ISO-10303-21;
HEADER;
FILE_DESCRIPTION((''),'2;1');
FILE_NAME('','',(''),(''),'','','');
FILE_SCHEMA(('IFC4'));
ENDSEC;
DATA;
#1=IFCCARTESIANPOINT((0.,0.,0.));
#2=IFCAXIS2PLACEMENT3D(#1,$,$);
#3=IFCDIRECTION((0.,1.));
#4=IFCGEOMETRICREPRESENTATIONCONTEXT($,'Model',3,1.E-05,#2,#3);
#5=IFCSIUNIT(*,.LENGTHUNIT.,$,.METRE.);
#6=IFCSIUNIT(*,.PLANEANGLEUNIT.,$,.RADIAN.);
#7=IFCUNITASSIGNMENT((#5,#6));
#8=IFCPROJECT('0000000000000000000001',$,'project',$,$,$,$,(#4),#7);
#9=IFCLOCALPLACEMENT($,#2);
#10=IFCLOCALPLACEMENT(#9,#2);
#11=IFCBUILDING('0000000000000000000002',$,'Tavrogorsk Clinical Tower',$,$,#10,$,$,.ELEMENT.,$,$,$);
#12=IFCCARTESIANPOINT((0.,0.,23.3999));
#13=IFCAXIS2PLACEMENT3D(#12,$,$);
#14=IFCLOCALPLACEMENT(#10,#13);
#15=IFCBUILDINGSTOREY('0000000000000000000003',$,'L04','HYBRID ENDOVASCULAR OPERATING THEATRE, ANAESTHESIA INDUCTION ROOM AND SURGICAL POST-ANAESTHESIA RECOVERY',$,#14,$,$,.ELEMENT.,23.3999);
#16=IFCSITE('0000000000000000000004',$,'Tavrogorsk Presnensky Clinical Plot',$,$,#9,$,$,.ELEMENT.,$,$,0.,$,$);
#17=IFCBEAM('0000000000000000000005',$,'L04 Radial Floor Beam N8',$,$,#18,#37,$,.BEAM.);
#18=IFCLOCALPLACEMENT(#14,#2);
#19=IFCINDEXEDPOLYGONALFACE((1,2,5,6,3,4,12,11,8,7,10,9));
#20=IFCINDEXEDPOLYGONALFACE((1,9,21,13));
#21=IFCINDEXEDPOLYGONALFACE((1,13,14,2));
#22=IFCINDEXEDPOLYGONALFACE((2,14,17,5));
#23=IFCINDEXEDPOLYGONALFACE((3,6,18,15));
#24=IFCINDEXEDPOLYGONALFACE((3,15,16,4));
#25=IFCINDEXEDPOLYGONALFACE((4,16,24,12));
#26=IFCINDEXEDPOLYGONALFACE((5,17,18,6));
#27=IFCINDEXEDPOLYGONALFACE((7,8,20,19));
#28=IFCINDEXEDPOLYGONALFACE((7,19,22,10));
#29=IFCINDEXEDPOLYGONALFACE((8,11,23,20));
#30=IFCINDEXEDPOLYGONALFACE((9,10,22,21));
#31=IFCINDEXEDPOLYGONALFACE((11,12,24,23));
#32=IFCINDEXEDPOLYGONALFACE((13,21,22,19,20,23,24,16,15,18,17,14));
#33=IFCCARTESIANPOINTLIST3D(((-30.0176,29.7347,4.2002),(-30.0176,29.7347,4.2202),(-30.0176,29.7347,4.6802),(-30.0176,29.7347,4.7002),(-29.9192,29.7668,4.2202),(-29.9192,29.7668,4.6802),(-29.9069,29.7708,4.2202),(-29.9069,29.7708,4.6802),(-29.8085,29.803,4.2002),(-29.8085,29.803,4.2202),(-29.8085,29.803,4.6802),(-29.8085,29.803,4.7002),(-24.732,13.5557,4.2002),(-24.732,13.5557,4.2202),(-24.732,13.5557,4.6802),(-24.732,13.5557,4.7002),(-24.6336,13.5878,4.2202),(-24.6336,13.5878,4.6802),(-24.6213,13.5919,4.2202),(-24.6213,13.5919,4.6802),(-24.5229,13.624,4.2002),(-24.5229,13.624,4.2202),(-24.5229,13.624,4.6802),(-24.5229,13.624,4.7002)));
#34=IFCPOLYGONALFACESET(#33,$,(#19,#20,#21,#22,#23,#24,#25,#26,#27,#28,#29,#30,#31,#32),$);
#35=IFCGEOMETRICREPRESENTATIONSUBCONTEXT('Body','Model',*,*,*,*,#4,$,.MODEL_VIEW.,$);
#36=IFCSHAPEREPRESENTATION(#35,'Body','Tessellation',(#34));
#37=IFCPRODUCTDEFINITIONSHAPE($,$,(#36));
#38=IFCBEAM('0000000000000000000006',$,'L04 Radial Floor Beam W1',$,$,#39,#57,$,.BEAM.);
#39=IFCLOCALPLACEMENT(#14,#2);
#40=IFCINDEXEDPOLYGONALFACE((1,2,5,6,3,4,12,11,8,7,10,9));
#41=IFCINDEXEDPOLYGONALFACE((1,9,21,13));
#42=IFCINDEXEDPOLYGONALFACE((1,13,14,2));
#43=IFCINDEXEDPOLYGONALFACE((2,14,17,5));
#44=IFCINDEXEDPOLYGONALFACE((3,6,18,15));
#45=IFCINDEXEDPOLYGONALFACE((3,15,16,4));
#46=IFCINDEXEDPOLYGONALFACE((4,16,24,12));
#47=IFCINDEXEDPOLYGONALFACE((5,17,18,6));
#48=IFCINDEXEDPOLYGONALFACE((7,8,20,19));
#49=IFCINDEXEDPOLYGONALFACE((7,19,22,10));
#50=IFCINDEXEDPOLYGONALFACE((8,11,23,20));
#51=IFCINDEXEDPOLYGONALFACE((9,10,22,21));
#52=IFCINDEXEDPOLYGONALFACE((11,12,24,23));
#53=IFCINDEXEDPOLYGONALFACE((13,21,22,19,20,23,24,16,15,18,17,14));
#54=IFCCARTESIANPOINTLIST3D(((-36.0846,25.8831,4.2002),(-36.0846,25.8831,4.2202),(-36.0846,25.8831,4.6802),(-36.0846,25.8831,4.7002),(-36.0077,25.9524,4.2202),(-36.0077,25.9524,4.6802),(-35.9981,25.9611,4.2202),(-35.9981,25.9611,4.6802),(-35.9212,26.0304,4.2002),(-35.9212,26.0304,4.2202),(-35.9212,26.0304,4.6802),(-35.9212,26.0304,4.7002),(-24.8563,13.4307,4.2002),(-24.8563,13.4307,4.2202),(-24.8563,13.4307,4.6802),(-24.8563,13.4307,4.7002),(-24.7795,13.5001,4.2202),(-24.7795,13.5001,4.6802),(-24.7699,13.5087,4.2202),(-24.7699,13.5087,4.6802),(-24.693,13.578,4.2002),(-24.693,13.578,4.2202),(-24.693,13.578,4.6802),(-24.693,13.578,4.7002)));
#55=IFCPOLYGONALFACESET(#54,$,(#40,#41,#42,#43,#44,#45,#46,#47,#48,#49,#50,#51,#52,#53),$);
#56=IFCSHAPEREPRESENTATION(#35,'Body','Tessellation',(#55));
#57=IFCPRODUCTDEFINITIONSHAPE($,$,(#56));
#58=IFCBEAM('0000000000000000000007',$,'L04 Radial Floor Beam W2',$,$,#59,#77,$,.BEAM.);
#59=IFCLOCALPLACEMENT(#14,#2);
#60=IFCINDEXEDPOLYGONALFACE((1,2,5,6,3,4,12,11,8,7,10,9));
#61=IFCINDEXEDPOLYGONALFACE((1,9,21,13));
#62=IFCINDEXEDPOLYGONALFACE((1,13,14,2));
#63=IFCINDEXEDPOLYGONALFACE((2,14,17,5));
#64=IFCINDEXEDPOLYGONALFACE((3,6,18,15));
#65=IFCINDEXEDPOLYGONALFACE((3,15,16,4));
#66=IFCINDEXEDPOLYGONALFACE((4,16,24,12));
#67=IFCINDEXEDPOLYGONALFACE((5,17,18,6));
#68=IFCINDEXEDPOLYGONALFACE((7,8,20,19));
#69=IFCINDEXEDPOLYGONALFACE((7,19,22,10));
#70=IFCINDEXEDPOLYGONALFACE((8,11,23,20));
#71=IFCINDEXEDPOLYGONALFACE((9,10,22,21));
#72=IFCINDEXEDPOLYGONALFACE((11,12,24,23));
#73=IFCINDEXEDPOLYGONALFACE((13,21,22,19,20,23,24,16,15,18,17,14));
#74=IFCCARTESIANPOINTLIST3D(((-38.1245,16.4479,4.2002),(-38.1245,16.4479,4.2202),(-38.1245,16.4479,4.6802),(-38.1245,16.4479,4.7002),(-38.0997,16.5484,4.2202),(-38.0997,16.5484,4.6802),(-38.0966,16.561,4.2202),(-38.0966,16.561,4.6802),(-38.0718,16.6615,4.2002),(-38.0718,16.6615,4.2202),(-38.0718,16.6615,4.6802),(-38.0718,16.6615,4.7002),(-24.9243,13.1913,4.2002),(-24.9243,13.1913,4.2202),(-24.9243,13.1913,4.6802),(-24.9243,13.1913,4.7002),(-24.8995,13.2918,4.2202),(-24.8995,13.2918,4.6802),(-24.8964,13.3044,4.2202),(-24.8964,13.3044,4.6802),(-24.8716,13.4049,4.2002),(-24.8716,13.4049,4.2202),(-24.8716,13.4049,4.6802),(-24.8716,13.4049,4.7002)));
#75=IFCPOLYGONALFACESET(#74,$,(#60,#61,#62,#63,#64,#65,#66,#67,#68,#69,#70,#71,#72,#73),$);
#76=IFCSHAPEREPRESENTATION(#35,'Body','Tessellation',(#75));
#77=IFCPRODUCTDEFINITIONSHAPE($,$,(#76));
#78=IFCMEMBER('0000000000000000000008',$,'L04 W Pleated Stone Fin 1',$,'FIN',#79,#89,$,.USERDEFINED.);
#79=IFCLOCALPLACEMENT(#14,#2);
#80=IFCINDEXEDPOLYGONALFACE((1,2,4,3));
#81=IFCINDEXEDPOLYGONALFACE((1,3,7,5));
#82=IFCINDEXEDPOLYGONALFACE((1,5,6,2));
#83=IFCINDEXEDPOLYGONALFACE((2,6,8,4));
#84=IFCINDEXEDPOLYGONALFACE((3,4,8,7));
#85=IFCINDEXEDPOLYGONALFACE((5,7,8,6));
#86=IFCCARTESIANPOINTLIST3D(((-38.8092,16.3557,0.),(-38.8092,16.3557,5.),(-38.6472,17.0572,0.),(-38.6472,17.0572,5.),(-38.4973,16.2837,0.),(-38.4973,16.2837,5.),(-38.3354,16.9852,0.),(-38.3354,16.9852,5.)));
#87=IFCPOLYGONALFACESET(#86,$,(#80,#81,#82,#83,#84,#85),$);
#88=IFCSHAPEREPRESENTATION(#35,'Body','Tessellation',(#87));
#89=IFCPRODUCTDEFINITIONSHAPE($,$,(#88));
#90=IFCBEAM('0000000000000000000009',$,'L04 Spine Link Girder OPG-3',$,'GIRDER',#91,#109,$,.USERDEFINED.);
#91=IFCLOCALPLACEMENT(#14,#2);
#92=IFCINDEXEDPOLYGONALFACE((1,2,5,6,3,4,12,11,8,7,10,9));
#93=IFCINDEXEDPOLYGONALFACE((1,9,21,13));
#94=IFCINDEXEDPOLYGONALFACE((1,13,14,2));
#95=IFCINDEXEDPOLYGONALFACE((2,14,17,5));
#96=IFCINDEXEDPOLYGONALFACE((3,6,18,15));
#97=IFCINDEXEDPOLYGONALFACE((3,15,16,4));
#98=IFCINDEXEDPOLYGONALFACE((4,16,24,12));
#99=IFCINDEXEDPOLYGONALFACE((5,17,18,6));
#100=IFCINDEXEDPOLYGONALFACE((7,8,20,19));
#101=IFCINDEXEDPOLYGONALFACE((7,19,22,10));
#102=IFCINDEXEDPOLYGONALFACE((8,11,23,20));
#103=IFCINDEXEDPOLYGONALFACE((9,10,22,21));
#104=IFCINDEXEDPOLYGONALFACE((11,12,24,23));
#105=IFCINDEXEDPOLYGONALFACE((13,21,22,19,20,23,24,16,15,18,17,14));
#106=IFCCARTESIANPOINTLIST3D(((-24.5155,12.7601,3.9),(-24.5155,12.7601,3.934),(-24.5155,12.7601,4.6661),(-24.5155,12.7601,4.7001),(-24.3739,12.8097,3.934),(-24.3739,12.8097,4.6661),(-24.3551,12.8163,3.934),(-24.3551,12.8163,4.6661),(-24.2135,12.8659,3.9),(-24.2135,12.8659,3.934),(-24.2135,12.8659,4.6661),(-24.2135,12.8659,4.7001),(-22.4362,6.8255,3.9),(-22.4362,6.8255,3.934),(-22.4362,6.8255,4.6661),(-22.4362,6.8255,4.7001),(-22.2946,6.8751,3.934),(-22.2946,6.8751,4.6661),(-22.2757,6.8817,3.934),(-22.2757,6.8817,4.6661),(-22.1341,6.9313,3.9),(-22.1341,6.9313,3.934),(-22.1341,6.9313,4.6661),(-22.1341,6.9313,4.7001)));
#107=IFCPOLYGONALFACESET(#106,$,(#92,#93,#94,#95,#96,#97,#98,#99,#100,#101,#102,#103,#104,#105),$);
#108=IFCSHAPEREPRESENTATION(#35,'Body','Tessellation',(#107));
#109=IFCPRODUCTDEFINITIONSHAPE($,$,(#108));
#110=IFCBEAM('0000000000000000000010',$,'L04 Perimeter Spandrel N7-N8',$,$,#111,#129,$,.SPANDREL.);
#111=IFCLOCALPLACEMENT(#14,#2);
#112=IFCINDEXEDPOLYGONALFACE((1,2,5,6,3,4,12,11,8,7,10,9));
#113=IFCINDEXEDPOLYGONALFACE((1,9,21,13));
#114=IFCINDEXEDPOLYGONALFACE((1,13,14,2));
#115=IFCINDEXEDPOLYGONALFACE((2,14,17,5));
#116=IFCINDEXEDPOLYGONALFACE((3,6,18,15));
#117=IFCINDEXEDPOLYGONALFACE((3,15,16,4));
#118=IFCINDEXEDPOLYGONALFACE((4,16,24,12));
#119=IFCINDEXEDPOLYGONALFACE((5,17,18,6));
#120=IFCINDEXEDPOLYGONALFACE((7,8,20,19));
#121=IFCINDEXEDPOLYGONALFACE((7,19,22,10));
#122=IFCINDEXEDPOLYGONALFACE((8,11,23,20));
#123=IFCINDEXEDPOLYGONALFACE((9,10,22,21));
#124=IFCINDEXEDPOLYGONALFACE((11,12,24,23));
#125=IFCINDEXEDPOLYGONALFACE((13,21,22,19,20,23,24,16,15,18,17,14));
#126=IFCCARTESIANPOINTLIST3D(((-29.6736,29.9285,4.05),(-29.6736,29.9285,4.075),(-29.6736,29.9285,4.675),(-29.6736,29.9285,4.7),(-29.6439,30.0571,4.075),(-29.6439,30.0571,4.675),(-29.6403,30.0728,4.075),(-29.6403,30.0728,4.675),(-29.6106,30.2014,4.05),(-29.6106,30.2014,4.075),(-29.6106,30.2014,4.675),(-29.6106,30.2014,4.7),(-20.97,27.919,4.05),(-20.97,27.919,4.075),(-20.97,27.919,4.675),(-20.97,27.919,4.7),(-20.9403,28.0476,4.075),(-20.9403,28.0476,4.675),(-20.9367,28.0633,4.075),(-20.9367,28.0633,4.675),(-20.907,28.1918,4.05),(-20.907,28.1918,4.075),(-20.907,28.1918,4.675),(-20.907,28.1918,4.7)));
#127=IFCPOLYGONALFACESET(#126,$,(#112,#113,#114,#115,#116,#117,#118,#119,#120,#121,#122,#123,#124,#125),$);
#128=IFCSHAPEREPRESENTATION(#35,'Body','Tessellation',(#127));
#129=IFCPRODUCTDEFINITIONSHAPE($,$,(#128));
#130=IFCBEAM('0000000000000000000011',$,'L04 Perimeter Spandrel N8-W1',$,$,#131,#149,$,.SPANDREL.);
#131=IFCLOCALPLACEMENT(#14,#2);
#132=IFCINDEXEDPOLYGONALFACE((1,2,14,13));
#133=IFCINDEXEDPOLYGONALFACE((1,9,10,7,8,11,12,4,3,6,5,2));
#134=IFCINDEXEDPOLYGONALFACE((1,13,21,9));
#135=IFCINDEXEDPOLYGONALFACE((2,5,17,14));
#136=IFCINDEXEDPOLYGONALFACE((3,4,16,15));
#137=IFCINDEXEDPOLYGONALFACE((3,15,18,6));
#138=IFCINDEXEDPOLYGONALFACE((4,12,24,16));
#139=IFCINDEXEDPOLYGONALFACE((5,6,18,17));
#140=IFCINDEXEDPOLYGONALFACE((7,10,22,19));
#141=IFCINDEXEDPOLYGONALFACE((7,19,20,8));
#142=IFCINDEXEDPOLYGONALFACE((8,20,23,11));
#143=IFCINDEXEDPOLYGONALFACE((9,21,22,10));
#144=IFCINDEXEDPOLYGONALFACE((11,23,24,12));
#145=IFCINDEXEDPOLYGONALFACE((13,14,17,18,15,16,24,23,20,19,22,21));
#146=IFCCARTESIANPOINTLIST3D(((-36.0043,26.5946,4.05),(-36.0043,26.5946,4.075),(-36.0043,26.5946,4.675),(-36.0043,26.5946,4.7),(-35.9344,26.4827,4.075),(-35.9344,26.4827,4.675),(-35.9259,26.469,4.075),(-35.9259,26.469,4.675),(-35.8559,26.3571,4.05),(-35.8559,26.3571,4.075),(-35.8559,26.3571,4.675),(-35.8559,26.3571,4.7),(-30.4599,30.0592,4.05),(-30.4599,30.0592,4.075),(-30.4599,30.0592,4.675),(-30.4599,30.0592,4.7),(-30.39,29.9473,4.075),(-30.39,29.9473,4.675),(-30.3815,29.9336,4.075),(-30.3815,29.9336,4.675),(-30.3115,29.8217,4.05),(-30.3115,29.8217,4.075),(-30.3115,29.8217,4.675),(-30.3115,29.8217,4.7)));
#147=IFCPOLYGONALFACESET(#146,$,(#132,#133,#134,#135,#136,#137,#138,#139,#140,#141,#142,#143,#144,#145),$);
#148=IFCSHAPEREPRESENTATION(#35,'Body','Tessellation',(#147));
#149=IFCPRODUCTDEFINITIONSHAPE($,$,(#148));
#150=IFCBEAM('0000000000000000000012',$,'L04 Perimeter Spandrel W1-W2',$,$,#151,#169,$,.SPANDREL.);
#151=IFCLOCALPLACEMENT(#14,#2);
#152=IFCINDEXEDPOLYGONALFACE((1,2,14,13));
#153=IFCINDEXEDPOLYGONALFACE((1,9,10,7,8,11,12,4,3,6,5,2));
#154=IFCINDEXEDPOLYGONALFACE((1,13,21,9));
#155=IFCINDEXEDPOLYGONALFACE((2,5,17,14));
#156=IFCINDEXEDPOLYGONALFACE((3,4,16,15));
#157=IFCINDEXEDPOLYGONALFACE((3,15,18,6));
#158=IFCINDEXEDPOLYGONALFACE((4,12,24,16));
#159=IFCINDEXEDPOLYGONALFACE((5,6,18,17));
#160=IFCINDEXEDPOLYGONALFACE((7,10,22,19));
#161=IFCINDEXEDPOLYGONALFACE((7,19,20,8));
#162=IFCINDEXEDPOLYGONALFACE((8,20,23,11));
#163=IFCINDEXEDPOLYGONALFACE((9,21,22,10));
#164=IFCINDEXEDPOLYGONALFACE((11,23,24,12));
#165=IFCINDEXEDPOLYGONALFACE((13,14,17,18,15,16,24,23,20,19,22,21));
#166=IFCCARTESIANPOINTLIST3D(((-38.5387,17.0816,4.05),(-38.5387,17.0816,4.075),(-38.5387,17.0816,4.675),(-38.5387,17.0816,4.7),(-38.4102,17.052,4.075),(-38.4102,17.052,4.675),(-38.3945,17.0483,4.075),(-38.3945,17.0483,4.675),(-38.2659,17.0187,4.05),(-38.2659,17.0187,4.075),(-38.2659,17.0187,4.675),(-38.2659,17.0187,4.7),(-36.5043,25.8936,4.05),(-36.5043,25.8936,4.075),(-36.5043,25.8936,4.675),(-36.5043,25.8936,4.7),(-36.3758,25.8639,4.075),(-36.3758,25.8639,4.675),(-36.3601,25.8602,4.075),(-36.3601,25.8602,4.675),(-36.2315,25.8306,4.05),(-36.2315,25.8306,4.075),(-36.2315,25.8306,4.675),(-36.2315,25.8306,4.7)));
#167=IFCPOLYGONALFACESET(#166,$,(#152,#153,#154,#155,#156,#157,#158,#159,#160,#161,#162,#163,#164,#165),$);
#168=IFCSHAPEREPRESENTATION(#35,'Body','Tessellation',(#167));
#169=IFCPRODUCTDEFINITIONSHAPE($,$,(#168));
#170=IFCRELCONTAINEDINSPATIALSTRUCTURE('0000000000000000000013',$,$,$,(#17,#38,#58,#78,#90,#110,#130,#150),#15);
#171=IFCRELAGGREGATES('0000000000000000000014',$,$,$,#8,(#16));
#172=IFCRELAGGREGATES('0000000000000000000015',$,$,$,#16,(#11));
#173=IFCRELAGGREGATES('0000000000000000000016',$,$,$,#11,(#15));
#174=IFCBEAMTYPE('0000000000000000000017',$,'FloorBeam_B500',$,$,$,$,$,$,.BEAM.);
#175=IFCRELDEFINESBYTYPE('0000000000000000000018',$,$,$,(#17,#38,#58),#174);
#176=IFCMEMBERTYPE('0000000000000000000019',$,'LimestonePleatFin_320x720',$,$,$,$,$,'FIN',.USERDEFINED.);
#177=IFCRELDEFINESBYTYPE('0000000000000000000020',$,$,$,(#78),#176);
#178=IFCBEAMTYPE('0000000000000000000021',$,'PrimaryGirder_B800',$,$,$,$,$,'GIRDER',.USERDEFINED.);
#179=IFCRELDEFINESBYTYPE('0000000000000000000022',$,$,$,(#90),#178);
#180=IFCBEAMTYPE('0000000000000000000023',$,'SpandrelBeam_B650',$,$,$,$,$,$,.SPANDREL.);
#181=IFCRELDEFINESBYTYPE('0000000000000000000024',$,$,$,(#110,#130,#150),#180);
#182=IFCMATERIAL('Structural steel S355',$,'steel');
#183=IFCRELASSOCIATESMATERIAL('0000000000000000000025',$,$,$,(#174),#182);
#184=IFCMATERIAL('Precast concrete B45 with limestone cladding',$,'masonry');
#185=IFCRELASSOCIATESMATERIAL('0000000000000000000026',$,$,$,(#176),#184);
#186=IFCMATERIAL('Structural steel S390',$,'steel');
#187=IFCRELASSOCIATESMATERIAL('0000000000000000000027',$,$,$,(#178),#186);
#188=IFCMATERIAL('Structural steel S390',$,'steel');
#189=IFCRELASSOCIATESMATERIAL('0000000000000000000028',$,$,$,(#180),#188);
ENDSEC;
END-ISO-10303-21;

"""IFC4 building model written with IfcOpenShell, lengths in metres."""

from ifc_helpers import new_model, si_unit, direction, frame, origin, origin_2d, place, context, subcontext, project, spatial, rectangle, i_section, extrude, material, material_profile, profile_set, type_object, element, save


model = new_model("IFC4")

# Units and contexts
model_context = context("Model", 3, precision=1e-05, world=origin(), true_north=direction((0.0, 1.0)))
body_context = subcontext(model_context, "Body", "Model", "MODEL_VIEW")
ifc_project = project(units=[si_unit("LENGTHUNIT", "METRE"), si_unit("PLANEANGLEUNIT", "RADIAN")], contexts=[model_context])

# Site, building, storey
site_placement = place(None, origin())
site = spatial("IfcSite", under=ifc_project, at=site_placement, Name="Tavrogorsk Presnensky Clinical Plot", CompositionType="ELEMENT", RefElevation=0.0)
building_placement = place(site_placement, origin())
building = spatial("IfcBuilding", under=site, at=building_placement, Name="Tavrogorsk Clinical Tower", CompositionType="ELEMENT")
storey_placement = place(building_placement, frame((0.0, 0.0, 23.3999)))
storey = spatial("IfcBuildingStorey", under=building, at=storey_placement, Name="L04", Description="HYBRID ENDOVASCULAR OPERATING THEATRE, ANAESTHESIA INDUCTION ROOM AND SURGICAL POST-ANAESTHESIA RECOVERY", CompositionType="ELEMENT", Elevation=23.3999)

# Beams
ifc_material_1 = material(Name="Structural steel S355", Category="steel")
ifc_material_profile_1 = material_profile(ifc_material_1, i_section(OverallWidth=0.22, OverallDepth=0.5, WebThickness=0.0129, FlangeThickness=0.02, at=origin_2d()), Name="B-500x220x13x20")
ifc_profile_set_1 = profile_set([ifc_material_profile_1], Name="Structural steel S355")
beam_type_1 = type_object("IfcBeamType", Name="FloorBeam_B500", PredefinedType="BEAM", material=ifc_profile_set_1)
beam_1_placement = place(storey_placement, frame((-24.6274, 13.5898, 4.4502), z_axis=(-0.310546, 0.950558, 0.0), x_axis=(-0.950558, -0.310546, 0.0)))
element("IfcBeam", 1, at=beam_1_placement, inside=storey, type_object=beam_type_1, Name="L04 Radial Floor Beam N8", PredefinedType="BEAM", context=body_context, shape_type="SweptSolid", body=[
    extrude(i_section(OverallWidth=0.22, OverallDepth=0.5, WebThickness=0.0129, FlangeThickness=0.02, at=origin_2d()), origin(), (0.0, 0.0, 1.0), 17.0205),
])
beam_2_placement = place(storey_placement, frame((-24.7747, 13.5044, 4.4502), z_axis=(-0.66966, 0.742668, 0.0), x_axis=(-0.742668, -0.66966, 0.0)))
element("IfcBeam", 2, at=beam_2_placement, inside=storey, type_object=beam_type_1, Name="L04 Radial Floor Beam W1", PredefinedType="BEAM", context=body_context, shape_type="SweptSolid", body=[
    extrude(i_section(OverallWidth=0.22, OverallDepth=0.5, WebThickness=0.0129, FlangeThickness=0.02, at=origin_2d()), origin(), (0.0, 0.0, 1.0), 16.7671),
])
beam_3_placement = place(storey_placement, frame((-24.8979, 13.2981, 4.4502), z_axis=(-0.97089, 0.239526, 0.0), x_axis=(-0.239526, -0.97089, 0.0)))
element("IfcBeam", 3, at=beam_3_placement, inside=storey, type_object=beam_type_1, Name="L04 Radial Floor Beam W2", PredefinedType="BEAM", context=body_context, shape_type="SweptSolid", body=[
    extrude(i_section(OverallWidth=0.22, OverallDepth=0.5, WebThickness=0.0129, FlangeThickness=0.02, at=origin_2d()), origin(), (0.0, 0.0, 1.0), 13.5959),
])

# Member
ifc_material_2 = material(Name="Precast concrete B45 with limestone cladding", Category="masonry")
ifc_material_profile_2 = material_profile(ifc_material_2, rectangle(XDim=0.3201, YDim=0.72, at=origin_2d()), Name="LIMESTONE-FIN-320x720")
ifc_profile_set_2 = profile_set([ifc_material_profile_2], Name="Precast concrete B45 with limestone cladding")
member_type_1 = type_object("IfcMemberType", Name="LimestonePleatFin_320x720", ElementType="FIN", PredefinedType="USERDEFINED", material=ifc_profile_set_2)
member_1_placement = place(storey_placement, frame((-38.5723, 16.6704, 0.0), z_axis=(0.0, 0.0, 1.0), x_axis=(0.97437, -0.224951, 0.0)))
element("IfcMember", 4, at=member_1_placement, inside=storey, type_object=member_type_1, Name="L04 W Pleated Stone Fin 1", ObjectType="FIN", PredefinedType="USERDEFINED", context=body_context, shape_type="SweptSolid", body=[
    extrude(rectangle(XDim=0.3201, YDim=0.72, at=origin_2d()), origin(), (0.0, 0.0, 1.0), 5.0),
])

# Beams
ifc_material_3 = material(Name="Structural steel S390", Category="steel")
ifc_material_profile_3 = material_profile(ifc_material_3, i_section(OverallWidth=0.3201, OverallDepth=0.8, WebThickness=0.02, FlangeThickness=0.0339, at=origin_2d()), Name="B-800x320x20x34")
ifc_profile_set_3 = profile_set([ifc_material_profile_3], Name="Structural steel S390")
beam_type_2 = type_object("IfcBeamType", Name="PrimaryGirder_B800", ElementType="GIRDER", PredefinedType="USERDEFINED", material=ifc_profile_set_3)
beam_4_placement = place(storey_placement, frame((-24.3645, 12.813, 4.3), z_axis=(0.330669, -0.943747, 0.0), x_axis=(0.943747, 0.330669, 0.0)))
element("IfcBeam", 5, at=beam_4_placement, inside=storey, type_object=beam_type_2, Name="L04 Spine Link Girder OPG-3", ObjectType="GIRDER", PredefinedType="USERDEFINED", context=body_context, shape_type="SweptSolid", body=[
    extrude(i_section(OverallWidth=0.3201, OverallDepth=0.8, WebThickness=0.02, FlangeThickness=0.0339, at=origin_2d()), origin(), (0.0, 0.0, 1.0), 6.2883),
])
ifc_material_4 = material(Name="Structural steel S390", Category="steel")
ifc_material_profile_4 = material_profile(ifc_material_4, i_section(OverallWidth=0.28, OverallDepth=0.6499, WebThickness=0.0161, FlangeThickness=0.0249, at=origin_2d()), Name="B-650x280x16x25")
ifc_profile_set_4 = profile_set([ifc_material_profile_4], Name="Structural steel S390")
beam_type_3 = type_object("IfcBeamType", Name="SpandrelBeam_B650", PredefinedType="SPANDREL", material=ifc_profile_set_4)
beam_5_placement = place(storey_placement, frame((-20.9385, 28.0554, 4.375), z_axis=(-0.974367, 0.224965, 0.0), x_axis=(-0.224965, -0.974367, 0.0)))
element("IfcBeam", 6, at=beam_5_placement, inside=storey, type_object=beam_type_3, Name="L04 Perimeter Spandrel N7-N8", PredefinedType="SPANDREL", context=body_context, shape_type="SweptSolid", body=[
    extrude(i_section(OverallWidth=0.28, OverallDepth=0.6499, WebThickness=0.0161, FlangeThickness=0.0249, at=origin_2d()), origin(), (0.0, 0.0, 1.0), 8.9326),
])
beam_6_placement = place(storey_placement, frame((-30.3857, 29.9404, 4.375), z_axis=(-0.848044, -0.529925, 0.0), x_axis=(0.529925, -0.848044, 0.0)))
element("IfcBeam", 7, at=beam_6_placement, inside=storey, type_object=beam_type_3, Name="L04 Perimeter Spandrel N8-W1", PredefinedType="SPANDREL", context=body_context, shape_type="SweptSolid", body=[
    extrude(i_section(OverallWidth=0.28, OverallDepth=0.6499, WebThickness=0.0161, FlangeThickness=0.0249, at=origin_2d()), origin(), (0.0, 0.0, 1.0), 6.5378),
])
beam_7_placement = place(storey_placement, frame((-36.3679, 25.8621, 4.375), z_axis=(-0.224952, -0.97437, 0.0), x_axis=(0.97437, -0.224952, 0.0)))
element("IfcBeam", 8, at=beam_7_placement, inside=storey, type_object=beam_type_3, Name="L04 Perimeter Spandrel W1-W2", PredefinedType="SPANDREL", context=body_context, shape_type="SweptSolid", body=[
    extrude(i_section(OverallWidth=0.28, OverallDepth=0.6499, WebThickness=0.0161, FlangeThickness=0.0249, at=origin_2d()), origin(), (0.0, 0.0, 1.0), 9.0437),
])

save(model, "model.ifc")
